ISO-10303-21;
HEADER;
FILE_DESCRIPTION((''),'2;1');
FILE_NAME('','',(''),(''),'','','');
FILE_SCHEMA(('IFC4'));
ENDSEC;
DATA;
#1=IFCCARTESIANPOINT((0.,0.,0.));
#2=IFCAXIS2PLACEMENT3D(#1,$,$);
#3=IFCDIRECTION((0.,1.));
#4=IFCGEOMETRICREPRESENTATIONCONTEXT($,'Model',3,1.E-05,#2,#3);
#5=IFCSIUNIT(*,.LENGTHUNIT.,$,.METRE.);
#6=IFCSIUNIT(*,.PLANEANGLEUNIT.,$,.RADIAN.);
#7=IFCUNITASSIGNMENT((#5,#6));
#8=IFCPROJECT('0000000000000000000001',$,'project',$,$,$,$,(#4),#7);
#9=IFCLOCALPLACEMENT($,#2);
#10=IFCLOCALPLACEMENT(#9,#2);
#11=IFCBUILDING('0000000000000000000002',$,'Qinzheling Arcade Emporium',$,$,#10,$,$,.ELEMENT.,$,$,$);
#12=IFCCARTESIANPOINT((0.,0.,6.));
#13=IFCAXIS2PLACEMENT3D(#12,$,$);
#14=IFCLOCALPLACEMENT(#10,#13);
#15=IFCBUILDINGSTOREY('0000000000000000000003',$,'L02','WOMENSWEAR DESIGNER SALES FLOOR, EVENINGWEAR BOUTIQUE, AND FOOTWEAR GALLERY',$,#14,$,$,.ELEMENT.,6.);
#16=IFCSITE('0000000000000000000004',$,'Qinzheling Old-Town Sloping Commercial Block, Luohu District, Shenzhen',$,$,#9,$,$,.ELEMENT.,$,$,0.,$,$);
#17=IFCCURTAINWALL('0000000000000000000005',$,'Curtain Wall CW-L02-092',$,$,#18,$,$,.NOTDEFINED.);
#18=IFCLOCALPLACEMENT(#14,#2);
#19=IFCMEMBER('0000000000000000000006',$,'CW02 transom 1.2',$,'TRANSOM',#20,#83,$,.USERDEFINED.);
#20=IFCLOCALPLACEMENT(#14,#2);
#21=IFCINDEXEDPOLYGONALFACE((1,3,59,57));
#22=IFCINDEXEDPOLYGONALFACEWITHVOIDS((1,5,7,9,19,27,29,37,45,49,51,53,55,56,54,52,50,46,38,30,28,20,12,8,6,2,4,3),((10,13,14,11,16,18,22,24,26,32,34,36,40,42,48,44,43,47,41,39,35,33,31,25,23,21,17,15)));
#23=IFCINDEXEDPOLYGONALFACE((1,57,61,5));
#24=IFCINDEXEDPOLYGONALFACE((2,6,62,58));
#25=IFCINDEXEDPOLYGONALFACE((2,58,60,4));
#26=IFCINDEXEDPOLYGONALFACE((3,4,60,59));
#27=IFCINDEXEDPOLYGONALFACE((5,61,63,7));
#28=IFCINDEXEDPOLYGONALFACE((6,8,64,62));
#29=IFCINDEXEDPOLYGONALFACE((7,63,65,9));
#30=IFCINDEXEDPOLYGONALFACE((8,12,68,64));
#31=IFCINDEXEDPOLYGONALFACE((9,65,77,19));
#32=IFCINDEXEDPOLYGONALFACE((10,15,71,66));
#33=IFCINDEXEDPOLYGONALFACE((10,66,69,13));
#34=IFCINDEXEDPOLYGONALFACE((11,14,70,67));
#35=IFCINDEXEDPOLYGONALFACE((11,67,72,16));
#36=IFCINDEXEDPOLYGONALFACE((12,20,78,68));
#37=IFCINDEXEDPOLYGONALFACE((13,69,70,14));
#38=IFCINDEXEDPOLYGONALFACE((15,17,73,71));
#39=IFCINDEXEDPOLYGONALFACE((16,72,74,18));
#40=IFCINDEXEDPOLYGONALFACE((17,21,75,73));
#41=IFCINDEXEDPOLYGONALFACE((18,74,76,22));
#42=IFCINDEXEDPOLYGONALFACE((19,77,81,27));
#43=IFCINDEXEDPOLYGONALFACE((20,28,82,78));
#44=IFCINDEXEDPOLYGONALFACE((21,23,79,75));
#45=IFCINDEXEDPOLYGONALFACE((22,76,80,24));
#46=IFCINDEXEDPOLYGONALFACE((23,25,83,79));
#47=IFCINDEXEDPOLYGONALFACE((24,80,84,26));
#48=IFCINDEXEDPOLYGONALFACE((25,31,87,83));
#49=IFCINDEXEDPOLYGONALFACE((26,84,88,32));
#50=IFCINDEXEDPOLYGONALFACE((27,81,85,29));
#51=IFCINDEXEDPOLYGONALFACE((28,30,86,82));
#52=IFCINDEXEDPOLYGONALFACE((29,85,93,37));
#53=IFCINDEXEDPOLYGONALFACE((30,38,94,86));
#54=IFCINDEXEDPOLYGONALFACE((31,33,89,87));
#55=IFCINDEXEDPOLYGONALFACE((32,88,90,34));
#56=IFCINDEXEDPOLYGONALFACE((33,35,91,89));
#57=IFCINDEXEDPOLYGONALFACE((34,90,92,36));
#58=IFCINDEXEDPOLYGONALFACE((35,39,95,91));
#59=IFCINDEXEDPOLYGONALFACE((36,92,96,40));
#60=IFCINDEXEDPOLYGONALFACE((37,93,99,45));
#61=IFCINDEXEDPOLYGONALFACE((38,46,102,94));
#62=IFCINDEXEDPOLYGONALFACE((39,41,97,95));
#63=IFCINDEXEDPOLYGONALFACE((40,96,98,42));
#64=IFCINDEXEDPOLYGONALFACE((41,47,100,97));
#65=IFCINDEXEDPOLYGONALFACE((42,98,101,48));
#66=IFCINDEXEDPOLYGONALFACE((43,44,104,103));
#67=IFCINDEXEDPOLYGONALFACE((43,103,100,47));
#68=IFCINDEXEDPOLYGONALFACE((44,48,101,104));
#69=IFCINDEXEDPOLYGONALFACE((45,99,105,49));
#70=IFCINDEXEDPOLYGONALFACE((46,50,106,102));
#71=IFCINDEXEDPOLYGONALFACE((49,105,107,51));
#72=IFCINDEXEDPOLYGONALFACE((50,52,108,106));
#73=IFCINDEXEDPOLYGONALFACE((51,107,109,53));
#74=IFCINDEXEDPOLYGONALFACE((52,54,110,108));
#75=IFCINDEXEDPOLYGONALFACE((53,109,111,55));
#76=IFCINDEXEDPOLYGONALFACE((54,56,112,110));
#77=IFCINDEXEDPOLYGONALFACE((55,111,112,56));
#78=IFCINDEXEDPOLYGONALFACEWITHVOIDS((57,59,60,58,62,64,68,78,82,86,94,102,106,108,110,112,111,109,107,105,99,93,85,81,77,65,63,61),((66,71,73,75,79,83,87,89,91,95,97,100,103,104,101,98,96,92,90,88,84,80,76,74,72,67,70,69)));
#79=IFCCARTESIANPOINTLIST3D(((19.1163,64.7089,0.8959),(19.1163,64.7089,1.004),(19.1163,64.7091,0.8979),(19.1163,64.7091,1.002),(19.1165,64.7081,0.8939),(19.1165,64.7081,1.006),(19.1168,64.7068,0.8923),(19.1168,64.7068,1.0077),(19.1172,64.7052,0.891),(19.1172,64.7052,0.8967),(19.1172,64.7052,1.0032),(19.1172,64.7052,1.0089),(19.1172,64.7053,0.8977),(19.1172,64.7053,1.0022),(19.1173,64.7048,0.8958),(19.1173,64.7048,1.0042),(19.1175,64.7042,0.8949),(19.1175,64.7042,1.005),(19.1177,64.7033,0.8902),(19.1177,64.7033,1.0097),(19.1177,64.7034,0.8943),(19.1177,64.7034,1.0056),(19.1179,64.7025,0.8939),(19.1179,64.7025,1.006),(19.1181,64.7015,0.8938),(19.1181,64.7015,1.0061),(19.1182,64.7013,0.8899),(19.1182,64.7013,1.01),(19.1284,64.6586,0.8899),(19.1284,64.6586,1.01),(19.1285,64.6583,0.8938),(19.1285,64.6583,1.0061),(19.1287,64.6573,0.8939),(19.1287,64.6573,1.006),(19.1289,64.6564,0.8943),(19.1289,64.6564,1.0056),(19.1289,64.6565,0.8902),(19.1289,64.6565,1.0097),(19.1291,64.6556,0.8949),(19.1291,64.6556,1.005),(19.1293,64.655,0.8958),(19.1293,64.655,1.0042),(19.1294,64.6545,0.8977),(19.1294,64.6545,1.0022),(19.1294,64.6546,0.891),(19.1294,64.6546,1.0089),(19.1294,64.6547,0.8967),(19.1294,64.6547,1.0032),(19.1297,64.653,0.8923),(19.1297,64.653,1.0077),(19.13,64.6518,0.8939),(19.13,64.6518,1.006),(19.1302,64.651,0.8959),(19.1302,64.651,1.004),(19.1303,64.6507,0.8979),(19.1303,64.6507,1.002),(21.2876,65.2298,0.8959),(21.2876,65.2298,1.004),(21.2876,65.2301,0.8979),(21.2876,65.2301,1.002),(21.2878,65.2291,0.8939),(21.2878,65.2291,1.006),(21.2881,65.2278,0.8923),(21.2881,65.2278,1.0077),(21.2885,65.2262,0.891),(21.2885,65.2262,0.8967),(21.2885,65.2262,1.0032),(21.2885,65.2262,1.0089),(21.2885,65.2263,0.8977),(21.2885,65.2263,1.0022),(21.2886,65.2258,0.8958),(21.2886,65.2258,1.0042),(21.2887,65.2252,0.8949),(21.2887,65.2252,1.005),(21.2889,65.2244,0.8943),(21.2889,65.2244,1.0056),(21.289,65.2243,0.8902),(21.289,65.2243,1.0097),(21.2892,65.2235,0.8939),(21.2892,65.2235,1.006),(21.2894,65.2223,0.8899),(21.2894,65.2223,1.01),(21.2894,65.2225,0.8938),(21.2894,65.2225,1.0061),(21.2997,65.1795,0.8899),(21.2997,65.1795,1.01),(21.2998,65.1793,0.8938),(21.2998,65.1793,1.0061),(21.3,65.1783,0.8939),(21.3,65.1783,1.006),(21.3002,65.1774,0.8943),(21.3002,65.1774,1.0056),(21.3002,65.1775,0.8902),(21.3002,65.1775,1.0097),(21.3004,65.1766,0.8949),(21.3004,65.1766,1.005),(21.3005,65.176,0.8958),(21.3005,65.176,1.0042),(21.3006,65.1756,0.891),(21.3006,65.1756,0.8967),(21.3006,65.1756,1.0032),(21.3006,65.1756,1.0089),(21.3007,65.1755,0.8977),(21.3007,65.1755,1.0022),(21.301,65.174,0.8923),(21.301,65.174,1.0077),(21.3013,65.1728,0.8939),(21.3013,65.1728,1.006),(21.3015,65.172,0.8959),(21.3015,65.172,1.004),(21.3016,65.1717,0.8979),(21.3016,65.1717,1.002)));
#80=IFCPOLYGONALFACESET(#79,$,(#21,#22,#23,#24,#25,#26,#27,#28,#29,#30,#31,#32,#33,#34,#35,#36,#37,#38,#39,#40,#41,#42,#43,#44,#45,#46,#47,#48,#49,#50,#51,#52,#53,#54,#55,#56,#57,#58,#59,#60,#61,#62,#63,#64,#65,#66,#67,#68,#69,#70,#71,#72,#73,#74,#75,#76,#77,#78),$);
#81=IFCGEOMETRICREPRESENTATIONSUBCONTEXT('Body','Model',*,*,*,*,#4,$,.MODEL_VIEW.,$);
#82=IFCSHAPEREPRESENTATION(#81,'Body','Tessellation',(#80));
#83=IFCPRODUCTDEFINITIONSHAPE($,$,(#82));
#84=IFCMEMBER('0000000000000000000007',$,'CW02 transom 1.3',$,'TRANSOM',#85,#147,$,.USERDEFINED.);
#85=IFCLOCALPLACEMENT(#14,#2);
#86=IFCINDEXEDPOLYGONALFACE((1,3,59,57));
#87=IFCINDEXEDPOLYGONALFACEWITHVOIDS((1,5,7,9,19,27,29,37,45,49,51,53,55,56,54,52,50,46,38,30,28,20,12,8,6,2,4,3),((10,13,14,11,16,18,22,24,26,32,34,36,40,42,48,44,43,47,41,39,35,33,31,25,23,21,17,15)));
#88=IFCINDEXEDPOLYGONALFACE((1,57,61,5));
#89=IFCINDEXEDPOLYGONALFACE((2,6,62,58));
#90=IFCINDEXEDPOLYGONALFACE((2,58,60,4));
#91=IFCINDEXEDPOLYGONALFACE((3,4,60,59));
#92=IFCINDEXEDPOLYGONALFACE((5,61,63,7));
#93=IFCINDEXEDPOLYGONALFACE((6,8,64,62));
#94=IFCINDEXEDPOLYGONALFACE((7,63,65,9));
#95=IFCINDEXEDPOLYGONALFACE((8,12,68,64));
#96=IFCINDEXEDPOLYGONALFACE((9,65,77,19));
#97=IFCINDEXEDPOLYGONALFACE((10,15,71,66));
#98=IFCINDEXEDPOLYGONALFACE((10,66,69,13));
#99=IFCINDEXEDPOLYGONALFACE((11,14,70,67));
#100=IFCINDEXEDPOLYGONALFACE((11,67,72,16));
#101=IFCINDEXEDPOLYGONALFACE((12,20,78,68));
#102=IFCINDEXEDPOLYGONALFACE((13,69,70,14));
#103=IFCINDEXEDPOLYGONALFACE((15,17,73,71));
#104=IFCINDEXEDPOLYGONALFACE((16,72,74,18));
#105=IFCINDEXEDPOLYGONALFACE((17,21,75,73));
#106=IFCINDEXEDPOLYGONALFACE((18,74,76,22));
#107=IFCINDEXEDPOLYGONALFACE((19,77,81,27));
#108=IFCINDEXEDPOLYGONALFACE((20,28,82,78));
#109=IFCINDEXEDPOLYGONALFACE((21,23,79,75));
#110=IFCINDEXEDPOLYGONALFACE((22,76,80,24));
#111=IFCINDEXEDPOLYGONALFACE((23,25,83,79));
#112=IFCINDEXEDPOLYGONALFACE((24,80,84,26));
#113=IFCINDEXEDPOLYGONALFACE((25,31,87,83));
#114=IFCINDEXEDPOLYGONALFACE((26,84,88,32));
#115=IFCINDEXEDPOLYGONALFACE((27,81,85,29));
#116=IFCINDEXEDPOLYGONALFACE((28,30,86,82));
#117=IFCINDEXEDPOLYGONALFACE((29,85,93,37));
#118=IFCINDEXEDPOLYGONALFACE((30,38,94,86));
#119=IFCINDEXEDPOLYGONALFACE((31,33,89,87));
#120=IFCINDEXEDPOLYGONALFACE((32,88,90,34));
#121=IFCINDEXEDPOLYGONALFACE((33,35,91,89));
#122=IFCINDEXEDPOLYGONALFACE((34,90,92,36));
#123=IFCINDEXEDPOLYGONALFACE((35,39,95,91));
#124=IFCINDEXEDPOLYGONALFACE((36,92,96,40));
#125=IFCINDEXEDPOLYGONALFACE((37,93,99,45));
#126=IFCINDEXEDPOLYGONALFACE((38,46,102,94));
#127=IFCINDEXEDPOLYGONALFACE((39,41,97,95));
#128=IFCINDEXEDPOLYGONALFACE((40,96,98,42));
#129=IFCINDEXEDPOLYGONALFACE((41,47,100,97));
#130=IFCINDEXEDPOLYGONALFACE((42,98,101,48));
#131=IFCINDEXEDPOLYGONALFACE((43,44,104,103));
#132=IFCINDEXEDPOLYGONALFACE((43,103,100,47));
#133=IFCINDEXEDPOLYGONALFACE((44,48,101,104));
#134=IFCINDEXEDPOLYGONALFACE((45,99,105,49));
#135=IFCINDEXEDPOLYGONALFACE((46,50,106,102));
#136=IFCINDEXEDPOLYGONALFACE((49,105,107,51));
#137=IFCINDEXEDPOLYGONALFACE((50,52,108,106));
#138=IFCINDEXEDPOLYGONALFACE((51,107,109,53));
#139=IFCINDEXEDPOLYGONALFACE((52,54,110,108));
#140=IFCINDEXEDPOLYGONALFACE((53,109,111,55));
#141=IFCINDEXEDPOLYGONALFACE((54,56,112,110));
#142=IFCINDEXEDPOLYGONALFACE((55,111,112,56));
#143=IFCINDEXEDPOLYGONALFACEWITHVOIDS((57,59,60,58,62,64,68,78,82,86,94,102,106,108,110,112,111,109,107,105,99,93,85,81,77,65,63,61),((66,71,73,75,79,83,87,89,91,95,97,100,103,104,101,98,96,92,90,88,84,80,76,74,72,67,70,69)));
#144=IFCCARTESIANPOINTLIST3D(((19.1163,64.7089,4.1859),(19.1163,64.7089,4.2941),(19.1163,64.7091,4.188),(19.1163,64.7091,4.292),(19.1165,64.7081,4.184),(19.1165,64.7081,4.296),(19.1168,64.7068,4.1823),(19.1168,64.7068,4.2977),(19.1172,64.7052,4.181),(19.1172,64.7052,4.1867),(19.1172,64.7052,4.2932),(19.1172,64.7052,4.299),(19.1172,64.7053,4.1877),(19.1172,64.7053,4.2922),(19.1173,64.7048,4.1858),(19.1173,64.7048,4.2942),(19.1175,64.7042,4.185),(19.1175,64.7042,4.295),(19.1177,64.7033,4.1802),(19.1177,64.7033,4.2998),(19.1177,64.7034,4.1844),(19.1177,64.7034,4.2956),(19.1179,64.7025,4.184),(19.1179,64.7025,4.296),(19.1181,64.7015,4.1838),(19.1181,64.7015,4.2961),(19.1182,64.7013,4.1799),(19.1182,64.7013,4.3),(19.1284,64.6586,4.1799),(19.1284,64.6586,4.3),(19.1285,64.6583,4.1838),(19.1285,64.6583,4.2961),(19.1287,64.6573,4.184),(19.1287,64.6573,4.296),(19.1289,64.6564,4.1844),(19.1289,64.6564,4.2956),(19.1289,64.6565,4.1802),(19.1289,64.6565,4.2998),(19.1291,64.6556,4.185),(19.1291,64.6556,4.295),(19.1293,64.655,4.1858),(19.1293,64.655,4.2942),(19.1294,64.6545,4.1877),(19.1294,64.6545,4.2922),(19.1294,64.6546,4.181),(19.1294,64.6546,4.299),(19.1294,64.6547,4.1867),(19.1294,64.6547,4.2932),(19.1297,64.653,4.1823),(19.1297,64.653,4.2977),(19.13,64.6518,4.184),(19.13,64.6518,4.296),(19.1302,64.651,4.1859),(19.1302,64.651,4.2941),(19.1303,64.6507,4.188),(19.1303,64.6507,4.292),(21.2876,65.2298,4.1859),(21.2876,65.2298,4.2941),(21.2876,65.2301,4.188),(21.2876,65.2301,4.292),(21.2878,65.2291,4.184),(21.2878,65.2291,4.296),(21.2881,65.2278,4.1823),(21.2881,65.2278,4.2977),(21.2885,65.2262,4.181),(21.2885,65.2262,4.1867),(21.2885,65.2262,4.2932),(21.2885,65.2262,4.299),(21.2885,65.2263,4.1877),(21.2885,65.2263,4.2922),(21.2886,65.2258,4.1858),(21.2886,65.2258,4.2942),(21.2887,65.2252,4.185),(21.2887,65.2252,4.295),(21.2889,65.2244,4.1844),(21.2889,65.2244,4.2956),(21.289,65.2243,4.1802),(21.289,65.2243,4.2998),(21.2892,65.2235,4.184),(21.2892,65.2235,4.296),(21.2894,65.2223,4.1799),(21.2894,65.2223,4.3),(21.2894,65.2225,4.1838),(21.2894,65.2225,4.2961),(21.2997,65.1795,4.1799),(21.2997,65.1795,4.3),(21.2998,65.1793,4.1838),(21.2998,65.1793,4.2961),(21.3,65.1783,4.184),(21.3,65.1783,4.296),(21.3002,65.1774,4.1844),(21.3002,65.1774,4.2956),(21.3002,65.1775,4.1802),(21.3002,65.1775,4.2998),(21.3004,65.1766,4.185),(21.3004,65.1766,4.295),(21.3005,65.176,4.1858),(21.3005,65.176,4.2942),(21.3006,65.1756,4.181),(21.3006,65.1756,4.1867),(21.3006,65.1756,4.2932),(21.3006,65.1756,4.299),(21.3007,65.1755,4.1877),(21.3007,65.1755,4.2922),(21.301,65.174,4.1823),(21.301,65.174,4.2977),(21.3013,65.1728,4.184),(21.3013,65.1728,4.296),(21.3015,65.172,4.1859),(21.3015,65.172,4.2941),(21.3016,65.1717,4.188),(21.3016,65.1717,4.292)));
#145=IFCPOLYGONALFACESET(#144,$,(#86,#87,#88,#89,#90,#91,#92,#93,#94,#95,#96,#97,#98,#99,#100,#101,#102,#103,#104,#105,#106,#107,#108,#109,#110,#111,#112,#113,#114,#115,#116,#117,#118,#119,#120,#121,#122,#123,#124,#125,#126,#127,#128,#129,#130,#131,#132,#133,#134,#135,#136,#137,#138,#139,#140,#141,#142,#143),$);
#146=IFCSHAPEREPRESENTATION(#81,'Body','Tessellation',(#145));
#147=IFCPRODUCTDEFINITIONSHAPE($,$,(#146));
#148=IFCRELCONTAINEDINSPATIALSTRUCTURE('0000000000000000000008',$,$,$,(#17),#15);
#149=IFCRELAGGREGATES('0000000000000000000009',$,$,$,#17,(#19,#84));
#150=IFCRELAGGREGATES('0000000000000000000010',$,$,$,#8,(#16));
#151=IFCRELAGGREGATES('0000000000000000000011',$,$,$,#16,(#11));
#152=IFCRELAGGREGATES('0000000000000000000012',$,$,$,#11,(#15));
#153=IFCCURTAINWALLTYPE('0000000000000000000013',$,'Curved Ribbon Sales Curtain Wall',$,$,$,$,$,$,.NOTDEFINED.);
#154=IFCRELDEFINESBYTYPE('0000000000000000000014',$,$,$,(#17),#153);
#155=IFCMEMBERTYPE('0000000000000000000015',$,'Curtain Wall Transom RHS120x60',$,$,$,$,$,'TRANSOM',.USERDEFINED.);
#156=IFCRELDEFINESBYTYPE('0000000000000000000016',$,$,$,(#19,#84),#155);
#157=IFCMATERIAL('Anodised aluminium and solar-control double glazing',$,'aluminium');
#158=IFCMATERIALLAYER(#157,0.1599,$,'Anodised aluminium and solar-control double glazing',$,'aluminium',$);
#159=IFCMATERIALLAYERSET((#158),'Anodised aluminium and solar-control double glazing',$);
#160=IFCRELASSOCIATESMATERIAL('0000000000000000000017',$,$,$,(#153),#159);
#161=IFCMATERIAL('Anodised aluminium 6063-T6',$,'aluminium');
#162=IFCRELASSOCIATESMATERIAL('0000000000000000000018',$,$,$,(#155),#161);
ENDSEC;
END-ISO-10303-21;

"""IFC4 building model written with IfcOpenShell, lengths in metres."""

from ifc_helpers import new_model, si_unit, direction, frame, origin, origin_2d, place, context, subcontext, project, spatial, hollow_rectangle, extrude, material, layer, layer_set, material_profile, profile_set, type_object, element, aggregate, save


model = new_model("IFC4")

# Units and contexts
model_context = context("Model", 3, precision=1e-05, world=origin(), true_north=direction((0.0, 1.0)))
body_context = subcontext(model_context, "Body", "Model", "MODEL_VIEW")
ifc_project = project(units=[si_unit("LENGTHUNIT", "METRE"), si_unit("PLANEANGLEUNIT", "RADIAN")], contexts=[model_context])

# Site, building, storey
site_placement = place(None, origin())
site = spatial("IfcSite", under=ifc_project, at=site_placement, Name="Qinzheling Old-Town Sloping Commercial Block, Luohu District, Shenzhen", CompositionType="ELEMENT", RefElevation=0.0)
building_placement = place(site_placement, origin())
building = spatial("IfcBuilding", under=site, at=building_placement, Name="Qinzheling Arcade Emporium", CompositionType="ELEMENT")
storey_placement = place(building_placement, frame((0.0, 0.0, 6.0)))
storey = spatial("IfcBuildingStorey", under=building, at=storey_placement, Name="L02", Description="WOMENSWEAR DESIGNER SALES FLOOR, EVENINGWEAR BOUTIQUE, AND FOOTWEAR GALLERY", CompositionType="ELEMENT", Elevation=6.0)

# Curtain wall, members
ifc_material_1 = material(Name="Anodised aluminium and solar-control double glazing", Category="aluminium")
ifc_layer_1 = layer(ifc_material_1, 0.1599, Name="Anodised aluminium and solar-control double glazing", Category="aluminium")
ifc_layer_set_1 = layer_set([ifc_layer_1], Name="Anodised aluminium and solar-control double glazing")
curtain_wall_type = type_object("IfcCurtainWallType", Name="Curved Ribbon Sales Curtain Wall", PredefinedType="NOTDEFINED", material=ifc_layer_set_1)
curtain_wall_placement = place(storey_placement, origin())
curtain_wall = element("IfcCurtainWall", 1, at=curtain_wall_placement, inside=storey, type_object=curtain_wall_type, Name="Curtain Wall CW-L02-092", PredefinedType="NOTDEFINED")
ifc_material_2 = material(Name="Anodised aluminium 6063-T6", Category="aluminium")
ifc_material_profile_1 = material_profile(ifc_material_2, hollow_rectangle(XDim=0.0601, YDim=0.1201, WallThickness=0.0039, InnerFilletRadius=0.0039, OuterFilletRadius=0.0081, at=origin_2d()), Name="RHS 120x60x4", Category="aluminium")
ifc_profile_set_1 = profile_set([ifc_material_profile_1], Name="Anodised aluminium 6063-T6")
member_type_1 = type_object("IfcMemberType", Name="Curtain Wall Transom RHS120x60", ElementType="TRANSOM", PredefinedType="USERDEFINED", material=ifc_profile_set_1)
member_1_placement = place(storey_placement, frame((19.1233, 64.6799, 0.95), z_axis=(0.972401, 0.233315, 0.0), x_axis=(-0.233315, 0.972401, 0.0)))
member_1 = element("IfcMember", 2, at=member_1_placement, type_object=member_type_1, Name="CW02 transom 1.2", ObjectType="TRANSOM", PredefinedType="USERDEFINED", context=body_context, shape_type="SweptSolid", body=[
    extrude(hollow_rectangle(XDim=0.0601, YDim=0.1201, WallThickness=0.0039, InnerFilletRadius=0.0039, OuterFilletRadius=0.0081, at=origin_2d()), origin(), (0.0, 0.0, 1.0), 2.2329),
])
member_2_placement = place(storey_placement, frame((19.1233, 64.6799, 4.24), z_axis=(0.972401, 0.233315, 0.0), x_axis=(-0.233315, 0.972401, 0.0)))
member_2 = element("IfcMember", 3, at=member_2_placement, type_object=member_type_1, Name="CW02 transom 1.3", ObjectType="TRANSOM", PredefinedType="USERDEFINED", context=body_context, shape_type="SweptSolid", body=[
    extrude(hollow_rectangle(XDim=0.0601, YDim=0.1201, WallThickness=0.0039, InnerFilletRadius=0.0039, OuterFilletRadius=0.0081, at=origin_2d()), origin(), (0.0, 0.0, 1.0), 2.2329),
])

aggregate(curtain_wall, [member_1, member_2])

save(model, "model.ifc")
